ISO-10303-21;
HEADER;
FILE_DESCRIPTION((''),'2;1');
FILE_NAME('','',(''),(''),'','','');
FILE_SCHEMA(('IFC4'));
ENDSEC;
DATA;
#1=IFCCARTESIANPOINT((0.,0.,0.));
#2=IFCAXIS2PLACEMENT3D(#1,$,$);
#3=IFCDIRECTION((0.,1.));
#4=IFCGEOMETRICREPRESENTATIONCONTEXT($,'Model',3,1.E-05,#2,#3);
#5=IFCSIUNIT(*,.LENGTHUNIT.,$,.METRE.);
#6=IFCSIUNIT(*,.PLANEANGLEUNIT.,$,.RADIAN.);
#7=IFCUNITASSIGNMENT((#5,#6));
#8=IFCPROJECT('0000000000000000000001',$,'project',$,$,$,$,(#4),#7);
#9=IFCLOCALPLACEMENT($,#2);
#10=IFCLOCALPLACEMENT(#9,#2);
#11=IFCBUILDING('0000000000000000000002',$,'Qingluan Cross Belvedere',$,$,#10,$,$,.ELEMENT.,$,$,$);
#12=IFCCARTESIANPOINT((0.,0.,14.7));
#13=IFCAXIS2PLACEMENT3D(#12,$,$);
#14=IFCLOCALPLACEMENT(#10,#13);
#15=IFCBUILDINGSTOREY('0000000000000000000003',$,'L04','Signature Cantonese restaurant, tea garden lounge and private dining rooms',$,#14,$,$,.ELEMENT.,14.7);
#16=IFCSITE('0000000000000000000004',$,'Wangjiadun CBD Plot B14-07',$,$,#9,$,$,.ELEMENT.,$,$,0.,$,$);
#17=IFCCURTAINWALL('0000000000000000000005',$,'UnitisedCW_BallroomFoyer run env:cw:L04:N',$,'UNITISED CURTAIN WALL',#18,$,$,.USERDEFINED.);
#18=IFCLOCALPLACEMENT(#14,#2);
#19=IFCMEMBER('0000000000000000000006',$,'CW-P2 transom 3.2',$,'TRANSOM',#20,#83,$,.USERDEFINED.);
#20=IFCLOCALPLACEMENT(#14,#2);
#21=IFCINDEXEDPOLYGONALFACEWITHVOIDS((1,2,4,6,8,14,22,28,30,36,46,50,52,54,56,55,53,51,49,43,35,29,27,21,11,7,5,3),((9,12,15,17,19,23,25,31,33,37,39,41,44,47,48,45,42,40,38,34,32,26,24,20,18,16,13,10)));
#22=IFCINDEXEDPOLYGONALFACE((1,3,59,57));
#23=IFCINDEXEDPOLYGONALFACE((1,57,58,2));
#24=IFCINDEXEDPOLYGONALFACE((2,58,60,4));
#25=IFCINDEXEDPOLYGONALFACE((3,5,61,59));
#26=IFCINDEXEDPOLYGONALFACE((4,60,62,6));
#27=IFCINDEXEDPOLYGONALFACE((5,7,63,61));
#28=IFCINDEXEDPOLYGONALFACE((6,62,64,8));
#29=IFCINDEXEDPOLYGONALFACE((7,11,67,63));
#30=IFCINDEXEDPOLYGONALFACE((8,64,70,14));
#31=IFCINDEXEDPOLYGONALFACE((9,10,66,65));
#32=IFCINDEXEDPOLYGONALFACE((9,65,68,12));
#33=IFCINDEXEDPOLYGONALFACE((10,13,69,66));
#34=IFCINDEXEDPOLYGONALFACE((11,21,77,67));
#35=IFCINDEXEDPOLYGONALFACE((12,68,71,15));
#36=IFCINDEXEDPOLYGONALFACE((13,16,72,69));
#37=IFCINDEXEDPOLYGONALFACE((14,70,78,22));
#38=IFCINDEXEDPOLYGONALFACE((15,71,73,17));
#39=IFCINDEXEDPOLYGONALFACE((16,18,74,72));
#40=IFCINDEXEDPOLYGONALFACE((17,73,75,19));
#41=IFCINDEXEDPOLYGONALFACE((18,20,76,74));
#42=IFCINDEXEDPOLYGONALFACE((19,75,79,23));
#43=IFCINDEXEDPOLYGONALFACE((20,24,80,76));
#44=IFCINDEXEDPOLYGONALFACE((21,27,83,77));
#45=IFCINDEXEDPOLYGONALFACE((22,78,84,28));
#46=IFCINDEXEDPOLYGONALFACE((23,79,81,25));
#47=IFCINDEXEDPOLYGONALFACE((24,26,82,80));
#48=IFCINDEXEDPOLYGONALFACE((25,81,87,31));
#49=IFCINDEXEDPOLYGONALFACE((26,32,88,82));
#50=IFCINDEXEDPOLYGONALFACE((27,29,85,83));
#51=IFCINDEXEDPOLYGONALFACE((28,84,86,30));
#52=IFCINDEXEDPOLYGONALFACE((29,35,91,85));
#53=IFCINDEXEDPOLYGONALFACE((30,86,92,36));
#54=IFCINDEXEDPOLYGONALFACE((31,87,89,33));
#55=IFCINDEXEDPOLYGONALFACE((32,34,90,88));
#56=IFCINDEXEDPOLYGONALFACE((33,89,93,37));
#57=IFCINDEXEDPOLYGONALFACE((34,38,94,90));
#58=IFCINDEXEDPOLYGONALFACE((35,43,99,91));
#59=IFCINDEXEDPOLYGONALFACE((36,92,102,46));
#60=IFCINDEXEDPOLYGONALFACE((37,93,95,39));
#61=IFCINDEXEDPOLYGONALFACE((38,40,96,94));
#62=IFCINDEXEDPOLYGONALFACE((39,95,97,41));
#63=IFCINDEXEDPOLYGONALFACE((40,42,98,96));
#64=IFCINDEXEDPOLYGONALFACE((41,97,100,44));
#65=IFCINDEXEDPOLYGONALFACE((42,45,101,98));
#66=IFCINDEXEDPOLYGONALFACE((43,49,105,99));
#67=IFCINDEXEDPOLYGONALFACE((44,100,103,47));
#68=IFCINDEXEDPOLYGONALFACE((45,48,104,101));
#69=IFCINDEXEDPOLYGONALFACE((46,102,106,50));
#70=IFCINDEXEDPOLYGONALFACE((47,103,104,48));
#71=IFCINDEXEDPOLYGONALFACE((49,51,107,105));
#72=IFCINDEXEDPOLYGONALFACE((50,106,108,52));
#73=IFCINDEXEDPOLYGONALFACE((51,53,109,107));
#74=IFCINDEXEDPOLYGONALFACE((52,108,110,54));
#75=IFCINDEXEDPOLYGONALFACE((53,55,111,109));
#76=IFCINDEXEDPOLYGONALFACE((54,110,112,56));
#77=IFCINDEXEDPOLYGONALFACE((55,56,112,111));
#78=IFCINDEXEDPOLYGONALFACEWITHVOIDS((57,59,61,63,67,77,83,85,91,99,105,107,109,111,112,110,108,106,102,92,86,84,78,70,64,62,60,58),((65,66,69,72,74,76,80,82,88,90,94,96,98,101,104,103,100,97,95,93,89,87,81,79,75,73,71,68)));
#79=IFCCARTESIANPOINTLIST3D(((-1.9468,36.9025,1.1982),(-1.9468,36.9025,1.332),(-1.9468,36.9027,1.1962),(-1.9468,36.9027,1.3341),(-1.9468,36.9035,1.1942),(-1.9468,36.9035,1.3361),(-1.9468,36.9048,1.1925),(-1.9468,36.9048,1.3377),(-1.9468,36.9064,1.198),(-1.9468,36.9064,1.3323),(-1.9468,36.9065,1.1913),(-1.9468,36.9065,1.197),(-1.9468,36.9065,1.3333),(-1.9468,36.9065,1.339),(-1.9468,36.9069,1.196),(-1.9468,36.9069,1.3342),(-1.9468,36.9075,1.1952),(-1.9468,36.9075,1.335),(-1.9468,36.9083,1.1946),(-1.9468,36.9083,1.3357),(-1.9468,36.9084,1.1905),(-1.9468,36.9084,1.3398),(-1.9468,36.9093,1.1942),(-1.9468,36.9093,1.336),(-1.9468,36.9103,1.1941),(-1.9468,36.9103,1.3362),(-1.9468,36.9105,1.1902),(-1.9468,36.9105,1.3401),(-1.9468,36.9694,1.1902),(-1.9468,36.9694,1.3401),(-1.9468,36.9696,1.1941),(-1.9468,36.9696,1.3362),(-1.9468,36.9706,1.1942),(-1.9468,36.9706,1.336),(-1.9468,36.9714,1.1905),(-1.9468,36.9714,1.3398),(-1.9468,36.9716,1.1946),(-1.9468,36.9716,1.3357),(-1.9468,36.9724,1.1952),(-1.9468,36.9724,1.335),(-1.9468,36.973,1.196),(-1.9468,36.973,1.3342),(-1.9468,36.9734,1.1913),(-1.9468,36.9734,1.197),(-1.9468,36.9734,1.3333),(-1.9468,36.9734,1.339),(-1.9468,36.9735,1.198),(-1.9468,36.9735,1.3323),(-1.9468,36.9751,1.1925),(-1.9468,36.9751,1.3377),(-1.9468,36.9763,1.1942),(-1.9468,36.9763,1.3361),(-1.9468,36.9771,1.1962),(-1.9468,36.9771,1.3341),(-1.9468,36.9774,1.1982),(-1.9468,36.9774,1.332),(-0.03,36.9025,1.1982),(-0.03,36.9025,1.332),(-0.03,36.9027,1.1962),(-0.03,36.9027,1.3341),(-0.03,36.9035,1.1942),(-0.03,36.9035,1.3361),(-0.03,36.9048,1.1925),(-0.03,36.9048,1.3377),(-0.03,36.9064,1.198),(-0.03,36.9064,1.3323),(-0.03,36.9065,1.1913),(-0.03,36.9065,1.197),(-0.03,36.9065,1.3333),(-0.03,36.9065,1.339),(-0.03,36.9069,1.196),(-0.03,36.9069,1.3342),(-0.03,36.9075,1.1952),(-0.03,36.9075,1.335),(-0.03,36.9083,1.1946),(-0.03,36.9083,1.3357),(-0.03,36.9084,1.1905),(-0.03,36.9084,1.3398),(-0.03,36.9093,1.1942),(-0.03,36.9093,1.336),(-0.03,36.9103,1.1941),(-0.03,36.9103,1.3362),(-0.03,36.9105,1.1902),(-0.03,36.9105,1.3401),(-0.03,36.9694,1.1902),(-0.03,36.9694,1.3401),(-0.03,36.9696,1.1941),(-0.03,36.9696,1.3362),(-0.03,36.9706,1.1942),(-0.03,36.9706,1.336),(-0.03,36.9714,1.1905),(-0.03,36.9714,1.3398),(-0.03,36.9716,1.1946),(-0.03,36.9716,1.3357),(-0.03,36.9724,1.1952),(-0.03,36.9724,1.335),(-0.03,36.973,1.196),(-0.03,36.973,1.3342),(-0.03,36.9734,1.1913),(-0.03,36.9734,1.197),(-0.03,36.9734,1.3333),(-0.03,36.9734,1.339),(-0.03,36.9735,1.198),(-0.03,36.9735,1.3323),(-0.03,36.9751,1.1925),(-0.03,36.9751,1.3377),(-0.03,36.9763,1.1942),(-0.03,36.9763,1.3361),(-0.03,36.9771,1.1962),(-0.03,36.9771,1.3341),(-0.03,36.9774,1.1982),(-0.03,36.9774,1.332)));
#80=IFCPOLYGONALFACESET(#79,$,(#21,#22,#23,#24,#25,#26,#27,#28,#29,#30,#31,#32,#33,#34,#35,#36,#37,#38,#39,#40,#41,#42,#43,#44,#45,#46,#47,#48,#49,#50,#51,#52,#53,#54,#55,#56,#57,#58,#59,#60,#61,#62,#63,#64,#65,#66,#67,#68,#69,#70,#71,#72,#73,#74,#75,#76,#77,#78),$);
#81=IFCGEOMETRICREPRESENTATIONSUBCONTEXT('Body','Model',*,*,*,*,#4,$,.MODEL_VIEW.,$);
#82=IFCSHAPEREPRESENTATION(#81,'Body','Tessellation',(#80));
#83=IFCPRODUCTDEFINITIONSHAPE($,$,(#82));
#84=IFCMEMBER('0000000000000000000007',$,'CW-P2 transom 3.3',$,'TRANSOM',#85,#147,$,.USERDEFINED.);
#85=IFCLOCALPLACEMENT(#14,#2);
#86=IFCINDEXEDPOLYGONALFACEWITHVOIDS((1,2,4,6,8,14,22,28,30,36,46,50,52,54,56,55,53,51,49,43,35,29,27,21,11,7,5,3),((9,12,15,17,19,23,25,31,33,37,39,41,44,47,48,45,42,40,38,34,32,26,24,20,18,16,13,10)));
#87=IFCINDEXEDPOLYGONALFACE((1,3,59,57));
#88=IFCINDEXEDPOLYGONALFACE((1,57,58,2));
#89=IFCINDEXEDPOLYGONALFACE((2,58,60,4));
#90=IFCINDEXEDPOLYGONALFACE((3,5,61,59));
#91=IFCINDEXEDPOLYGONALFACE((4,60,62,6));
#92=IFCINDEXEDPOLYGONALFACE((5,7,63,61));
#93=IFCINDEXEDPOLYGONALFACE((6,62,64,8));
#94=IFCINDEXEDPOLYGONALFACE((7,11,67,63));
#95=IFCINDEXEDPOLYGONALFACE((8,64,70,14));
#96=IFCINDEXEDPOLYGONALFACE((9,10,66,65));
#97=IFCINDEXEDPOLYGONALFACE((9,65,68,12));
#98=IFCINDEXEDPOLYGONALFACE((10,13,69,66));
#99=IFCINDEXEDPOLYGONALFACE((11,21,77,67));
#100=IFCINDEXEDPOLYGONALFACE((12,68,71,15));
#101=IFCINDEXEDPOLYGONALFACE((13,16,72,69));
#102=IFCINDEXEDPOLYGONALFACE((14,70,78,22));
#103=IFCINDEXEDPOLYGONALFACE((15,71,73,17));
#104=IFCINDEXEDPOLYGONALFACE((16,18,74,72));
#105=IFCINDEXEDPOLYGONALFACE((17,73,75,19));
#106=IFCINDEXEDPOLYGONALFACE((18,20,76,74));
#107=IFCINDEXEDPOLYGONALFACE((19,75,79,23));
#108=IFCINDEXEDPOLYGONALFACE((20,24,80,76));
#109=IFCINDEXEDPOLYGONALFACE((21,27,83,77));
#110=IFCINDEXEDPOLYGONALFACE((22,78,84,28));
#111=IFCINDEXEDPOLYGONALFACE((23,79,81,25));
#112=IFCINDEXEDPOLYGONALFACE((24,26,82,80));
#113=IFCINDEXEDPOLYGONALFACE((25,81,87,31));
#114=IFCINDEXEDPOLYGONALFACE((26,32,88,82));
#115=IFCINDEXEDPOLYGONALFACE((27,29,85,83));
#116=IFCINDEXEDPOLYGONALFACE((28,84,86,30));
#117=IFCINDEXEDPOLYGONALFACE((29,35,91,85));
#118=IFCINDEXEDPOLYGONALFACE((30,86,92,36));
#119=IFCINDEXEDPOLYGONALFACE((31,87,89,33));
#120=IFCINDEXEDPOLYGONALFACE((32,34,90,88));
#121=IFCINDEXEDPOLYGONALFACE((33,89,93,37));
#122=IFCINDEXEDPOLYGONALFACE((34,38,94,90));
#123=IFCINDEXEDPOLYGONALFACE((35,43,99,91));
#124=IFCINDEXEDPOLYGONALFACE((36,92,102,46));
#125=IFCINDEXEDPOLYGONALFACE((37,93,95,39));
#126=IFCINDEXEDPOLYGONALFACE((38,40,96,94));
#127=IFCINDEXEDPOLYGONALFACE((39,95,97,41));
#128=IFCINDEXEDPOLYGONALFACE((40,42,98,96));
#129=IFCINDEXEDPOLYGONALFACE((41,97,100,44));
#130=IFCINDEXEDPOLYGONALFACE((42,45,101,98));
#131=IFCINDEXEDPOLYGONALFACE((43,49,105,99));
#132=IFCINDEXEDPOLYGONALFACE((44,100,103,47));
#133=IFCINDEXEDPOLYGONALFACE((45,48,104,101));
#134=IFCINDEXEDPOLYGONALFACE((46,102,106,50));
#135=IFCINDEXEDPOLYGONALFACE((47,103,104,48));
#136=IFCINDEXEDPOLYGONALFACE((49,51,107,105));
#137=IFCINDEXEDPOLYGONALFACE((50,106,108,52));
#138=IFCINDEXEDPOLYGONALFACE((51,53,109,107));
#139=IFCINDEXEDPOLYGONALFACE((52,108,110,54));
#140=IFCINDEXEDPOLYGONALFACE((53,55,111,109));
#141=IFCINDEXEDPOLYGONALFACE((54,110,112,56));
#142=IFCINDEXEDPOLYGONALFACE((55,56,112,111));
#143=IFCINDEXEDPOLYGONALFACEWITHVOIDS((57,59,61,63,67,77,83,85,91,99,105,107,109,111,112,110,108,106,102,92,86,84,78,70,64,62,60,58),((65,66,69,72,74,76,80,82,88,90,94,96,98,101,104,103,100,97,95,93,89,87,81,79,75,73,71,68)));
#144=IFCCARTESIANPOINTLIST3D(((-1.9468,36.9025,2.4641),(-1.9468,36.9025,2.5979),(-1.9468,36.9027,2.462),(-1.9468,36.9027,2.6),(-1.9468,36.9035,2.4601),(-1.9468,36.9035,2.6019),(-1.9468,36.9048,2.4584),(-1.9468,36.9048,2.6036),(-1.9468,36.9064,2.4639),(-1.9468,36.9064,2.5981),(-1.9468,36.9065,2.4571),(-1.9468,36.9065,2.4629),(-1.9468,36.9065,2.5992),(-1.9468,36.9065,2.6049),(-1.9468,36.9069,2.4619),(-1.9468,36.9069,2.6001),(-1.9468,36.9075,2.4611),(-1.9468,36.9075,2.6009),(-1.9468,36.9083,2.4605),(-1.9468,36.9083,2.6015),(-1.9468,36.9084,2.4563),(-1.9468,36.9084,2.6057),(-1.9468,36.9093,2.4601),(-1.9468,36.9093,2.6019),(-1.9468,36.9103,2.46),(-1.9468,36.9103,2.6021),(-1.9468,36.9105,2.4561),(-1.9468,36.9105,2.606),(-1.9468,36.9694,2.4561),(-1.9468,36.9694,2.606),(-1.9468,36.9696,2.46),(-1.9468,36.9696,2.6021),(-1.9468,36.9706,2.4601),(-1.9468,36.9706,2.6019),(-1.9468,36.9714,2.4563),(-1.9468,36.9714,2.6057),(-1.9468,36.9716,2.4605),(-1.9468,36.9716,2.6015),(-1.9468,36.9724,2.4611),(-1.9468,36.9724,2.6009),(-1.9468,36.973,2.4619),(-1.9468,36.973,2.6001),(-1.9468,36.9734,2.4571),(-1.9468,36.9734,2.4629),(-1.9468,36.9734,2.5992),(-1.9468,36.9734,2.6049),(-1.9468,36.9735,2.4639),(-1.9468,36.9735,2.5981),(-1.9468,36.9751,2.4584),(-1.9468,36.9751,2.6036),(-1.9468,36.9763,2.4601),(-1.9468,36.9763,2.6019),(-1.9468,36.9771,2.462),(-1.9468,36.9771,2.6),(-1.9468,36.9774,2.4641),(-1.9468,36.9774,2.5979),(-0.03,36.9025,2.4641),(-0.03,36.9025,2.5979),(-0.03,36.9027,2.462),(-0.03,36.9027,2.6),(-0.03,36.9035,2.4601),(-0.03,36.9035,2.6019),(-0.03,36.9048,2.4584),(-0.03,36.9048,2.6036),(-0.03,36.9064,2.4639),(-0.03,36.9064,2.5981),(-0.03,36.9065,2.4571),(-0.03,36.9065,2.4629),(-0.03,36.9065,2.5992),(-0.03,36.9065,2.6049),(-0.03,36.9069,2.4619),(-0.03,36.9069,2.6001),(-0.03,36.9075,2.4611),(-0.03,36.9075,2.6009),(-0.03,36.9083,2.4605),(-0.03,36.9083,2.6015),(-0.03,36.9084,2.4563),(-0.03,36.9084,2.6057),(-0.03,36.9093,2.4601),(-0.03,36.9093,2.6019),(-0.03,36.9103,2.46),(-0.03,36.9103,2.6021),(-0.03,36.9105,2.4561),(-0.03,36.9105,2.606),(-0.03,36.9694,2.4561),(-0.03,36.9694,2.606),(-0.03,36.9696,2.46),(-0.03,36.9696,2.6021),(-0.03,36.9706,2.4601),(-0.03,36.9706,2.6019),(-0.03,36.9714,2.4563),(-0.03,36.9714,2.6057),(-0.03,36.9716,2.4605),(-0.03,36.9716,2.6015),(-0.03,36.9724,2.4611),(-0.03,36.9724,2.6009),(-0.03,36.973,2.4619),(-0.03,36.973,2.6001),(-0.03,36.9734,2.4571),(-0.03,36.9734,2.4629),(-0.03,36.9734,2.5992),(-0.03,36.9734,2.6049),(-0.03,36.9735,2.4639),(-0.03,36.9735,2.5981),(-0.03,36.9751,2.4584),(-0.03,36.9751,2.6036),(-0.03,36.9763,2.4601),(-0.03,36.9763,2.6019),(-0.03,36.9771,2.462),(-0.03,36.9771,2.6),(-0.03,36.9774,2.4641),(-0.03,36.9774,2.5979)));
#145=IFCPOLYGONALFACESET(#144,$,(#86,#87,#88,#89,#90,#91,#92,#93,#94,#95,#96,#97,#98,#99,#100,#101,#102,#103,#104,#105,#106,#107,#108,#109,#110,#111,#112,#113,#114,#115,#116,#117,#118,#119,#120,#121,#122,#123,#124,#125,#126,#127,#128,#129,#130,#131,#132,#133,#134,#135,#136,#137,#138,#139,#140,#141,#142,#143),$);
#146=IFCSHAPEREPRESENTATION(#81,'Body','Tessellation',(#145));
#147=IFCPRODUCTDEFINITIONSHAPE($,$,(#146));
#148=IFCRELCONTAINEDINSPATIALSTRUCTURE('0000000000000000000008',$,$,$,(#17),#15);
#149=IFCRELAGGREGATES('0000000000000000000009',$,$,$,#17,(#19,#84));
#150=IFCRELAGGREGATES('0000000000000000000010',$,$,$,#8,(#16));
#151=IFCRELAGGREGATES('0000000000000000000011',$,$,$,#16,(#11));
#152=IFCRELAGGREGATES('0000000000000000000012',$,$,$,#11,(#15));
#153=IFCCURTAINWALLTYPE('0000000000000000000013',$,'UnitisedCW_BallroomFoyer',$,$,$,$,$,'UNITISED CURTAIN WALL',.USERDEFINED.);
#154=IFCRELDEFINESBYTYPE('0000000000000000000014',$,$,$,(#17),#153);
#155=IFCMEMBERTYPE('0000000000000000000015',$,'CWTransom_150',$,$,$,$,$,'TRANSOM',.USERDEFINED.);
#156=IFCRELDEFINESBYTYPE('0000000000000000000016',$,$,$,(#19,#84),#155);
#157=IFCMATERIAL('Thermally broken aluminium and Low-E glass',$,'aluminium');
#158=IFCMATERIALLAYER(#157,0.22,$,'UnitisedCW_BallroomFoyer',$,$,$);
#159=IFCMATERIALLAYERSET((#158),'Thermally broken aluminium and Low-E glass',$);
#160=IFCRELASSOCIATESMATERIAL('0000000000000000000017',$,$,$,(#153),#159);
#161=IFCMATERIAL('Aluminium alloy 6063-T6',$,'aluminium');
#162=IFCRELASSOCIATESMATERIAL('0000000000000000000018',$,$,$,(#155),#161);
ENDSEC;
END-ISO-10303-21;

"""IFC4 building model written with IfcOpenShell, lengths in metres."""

from ifc_helpers import new_model, si_unit, direction, frame, origin, origin_2d, place, context, subcontext, project, spatial, hollow_rectangle, extrude, material, layer, layer_set, material_profile, profile_set, type_object, element, aggregate, save


model = new_model("IFC4")

# Units and contexts
model_context = context("Model", 3, precision=1e-05, world=origin(), true_north=direction((0.0, 1.0)))
body_context = subcontext(model_context, "Body", "Model", "MODEL_VIEW")
ifc_project = project(units=[si_unit("LENGTHUNIT", "METRE"), si_unit("PLANEANGLEUNIT", "RADIAN")], contexts=[model_context])

# Site, building, storey
site_placement = place(None, origin())
site = spatial("IfcSite", under=ifc_project, at=site_placement, Name="Wangjiadun CBD Plot B14-07", CompositionType="ELEMENT", RefElevation=0.0)
building_placement = place(site_placement, origin())
building = spatial("IfcBuilding", under=site, at=building_placement, Name="Qingluan Cross Belvedere", CompositionType="ELEMENT")
storey_placement = place(building_placement, frame((0.0, 0.0, 14.7)))
storey = spatial("IfcBuildingStorey", under=building, at=storey_placement, Name="L04", Description="Signature Cantonese restaurant, tea garden lounge and private dining rooms", CompositionType="ELEMENT", Elevation=14.7)

# Curtain wall, members
ifc_material_1 = material(Name="Thermally broken aluminium and Low-E glass", Category="aluminium")
ifc_layer_1 = layer(ifc_material_1, 0.22, Name="UnitisedCW_BallroomFoyer")
ifc_layer_set_1 = layer_set([ifc_layer_1], Name="Thermally broken aluminium and Low-E glass")
curtain_wall_type = type_object("IfcCurtainWallType", Name="UnitisedCW_BallroomFoyer", ElementType="UNITISED CURTAIN WALL", PredefinedType="USERDEFINED", material=ifc_layer_set_1)
curtain_wall_placement = place(storey_placement, origin())
curtain_wall = element("IfcCurtainWall", 1, at=curtain_wall_placement, inside=storey, type_object=curtain_wall_type, Name="UnitisedCW_BallroomFoyer run env:cw:L04:N", ObjectType="UNITISED CURTAIN WALL", PredefinedType="USERDEFINED")
ifc_material_2 = material(Name="Aluminium alloy 6063-T6", Category="aluminium")
ifc_material_profile_1 = material_profile(ifc_material_2, hollow_rectangle(XDim=0.075, YDim=0.1499, WallThickness=0.0039, InnerFilletRadius=0.0039, OuterFilletRadius=0.0081, at=origin_2d()), Name="CWT150x75x4")
ifc_profile_set_1 = profile_set([ifc_material_profile_1], Name="Aluminium alloy 6063-T6")
member_type_1 = type_object("IfcMemberType", Name="CWTransom_150", ElementType="TRANSOM", PredefinedType="USERDEFINED", material=ifc_profile_set_1)
member_1_placement = place(storey_placement, frame((-1.9468, 36.9399, 1.2651), z_axis=(1.0, 0.0, 0.0), x_axis=(0.0, 1.0, 0.0)))
member_1 = element("IfcMember", 2, at=member_1_placement, type_object=member_type_1, Name="CW-P2 transom 3.2", ObjectType="TRANSOM", PredefinedType="USERDEFINED", context=body_context, shape_type="SweptSolid", body=[
    extrude(hollow_rectangle(XDim=0.075, YDim=0.1499, WallThickness=0.0039, InnerFilletRadius=0.0039, OuterFilletRadius=0.0081, at=origin_2d()), origin(), (0.0, 0.0, 1.0), 1.9167),
])
member_2_placement = place(storey_placement, frame((-1.9468, 36.9399, 2.531), z_axis=(1.0, 0.0, 0.0), x_axis=(0.0, 1.0, 0.0)))
member_2 = element("IfcMember", 3, at=member_2_placement, type_object=member_type_1, Name="CW-P2 transom 3.3", ObjectType="TRANSOM", PredefinedType="USERDEFINED", context=body_context, shape_type="SweptSolid", body=[
    extrude(hollow_rectangle(XDim=0.075, YDim=0.1499, WallThickness=0.0039, InnerFilletRadius=0.0039, OuterFilletRadius=0.0081, at=origin_2d()), origin(), (0.0, 0.0, 1.0), 1.9167),
])

aggregate(curtain_wall, [member_1, member_2])

save(model, "model.ifc")
